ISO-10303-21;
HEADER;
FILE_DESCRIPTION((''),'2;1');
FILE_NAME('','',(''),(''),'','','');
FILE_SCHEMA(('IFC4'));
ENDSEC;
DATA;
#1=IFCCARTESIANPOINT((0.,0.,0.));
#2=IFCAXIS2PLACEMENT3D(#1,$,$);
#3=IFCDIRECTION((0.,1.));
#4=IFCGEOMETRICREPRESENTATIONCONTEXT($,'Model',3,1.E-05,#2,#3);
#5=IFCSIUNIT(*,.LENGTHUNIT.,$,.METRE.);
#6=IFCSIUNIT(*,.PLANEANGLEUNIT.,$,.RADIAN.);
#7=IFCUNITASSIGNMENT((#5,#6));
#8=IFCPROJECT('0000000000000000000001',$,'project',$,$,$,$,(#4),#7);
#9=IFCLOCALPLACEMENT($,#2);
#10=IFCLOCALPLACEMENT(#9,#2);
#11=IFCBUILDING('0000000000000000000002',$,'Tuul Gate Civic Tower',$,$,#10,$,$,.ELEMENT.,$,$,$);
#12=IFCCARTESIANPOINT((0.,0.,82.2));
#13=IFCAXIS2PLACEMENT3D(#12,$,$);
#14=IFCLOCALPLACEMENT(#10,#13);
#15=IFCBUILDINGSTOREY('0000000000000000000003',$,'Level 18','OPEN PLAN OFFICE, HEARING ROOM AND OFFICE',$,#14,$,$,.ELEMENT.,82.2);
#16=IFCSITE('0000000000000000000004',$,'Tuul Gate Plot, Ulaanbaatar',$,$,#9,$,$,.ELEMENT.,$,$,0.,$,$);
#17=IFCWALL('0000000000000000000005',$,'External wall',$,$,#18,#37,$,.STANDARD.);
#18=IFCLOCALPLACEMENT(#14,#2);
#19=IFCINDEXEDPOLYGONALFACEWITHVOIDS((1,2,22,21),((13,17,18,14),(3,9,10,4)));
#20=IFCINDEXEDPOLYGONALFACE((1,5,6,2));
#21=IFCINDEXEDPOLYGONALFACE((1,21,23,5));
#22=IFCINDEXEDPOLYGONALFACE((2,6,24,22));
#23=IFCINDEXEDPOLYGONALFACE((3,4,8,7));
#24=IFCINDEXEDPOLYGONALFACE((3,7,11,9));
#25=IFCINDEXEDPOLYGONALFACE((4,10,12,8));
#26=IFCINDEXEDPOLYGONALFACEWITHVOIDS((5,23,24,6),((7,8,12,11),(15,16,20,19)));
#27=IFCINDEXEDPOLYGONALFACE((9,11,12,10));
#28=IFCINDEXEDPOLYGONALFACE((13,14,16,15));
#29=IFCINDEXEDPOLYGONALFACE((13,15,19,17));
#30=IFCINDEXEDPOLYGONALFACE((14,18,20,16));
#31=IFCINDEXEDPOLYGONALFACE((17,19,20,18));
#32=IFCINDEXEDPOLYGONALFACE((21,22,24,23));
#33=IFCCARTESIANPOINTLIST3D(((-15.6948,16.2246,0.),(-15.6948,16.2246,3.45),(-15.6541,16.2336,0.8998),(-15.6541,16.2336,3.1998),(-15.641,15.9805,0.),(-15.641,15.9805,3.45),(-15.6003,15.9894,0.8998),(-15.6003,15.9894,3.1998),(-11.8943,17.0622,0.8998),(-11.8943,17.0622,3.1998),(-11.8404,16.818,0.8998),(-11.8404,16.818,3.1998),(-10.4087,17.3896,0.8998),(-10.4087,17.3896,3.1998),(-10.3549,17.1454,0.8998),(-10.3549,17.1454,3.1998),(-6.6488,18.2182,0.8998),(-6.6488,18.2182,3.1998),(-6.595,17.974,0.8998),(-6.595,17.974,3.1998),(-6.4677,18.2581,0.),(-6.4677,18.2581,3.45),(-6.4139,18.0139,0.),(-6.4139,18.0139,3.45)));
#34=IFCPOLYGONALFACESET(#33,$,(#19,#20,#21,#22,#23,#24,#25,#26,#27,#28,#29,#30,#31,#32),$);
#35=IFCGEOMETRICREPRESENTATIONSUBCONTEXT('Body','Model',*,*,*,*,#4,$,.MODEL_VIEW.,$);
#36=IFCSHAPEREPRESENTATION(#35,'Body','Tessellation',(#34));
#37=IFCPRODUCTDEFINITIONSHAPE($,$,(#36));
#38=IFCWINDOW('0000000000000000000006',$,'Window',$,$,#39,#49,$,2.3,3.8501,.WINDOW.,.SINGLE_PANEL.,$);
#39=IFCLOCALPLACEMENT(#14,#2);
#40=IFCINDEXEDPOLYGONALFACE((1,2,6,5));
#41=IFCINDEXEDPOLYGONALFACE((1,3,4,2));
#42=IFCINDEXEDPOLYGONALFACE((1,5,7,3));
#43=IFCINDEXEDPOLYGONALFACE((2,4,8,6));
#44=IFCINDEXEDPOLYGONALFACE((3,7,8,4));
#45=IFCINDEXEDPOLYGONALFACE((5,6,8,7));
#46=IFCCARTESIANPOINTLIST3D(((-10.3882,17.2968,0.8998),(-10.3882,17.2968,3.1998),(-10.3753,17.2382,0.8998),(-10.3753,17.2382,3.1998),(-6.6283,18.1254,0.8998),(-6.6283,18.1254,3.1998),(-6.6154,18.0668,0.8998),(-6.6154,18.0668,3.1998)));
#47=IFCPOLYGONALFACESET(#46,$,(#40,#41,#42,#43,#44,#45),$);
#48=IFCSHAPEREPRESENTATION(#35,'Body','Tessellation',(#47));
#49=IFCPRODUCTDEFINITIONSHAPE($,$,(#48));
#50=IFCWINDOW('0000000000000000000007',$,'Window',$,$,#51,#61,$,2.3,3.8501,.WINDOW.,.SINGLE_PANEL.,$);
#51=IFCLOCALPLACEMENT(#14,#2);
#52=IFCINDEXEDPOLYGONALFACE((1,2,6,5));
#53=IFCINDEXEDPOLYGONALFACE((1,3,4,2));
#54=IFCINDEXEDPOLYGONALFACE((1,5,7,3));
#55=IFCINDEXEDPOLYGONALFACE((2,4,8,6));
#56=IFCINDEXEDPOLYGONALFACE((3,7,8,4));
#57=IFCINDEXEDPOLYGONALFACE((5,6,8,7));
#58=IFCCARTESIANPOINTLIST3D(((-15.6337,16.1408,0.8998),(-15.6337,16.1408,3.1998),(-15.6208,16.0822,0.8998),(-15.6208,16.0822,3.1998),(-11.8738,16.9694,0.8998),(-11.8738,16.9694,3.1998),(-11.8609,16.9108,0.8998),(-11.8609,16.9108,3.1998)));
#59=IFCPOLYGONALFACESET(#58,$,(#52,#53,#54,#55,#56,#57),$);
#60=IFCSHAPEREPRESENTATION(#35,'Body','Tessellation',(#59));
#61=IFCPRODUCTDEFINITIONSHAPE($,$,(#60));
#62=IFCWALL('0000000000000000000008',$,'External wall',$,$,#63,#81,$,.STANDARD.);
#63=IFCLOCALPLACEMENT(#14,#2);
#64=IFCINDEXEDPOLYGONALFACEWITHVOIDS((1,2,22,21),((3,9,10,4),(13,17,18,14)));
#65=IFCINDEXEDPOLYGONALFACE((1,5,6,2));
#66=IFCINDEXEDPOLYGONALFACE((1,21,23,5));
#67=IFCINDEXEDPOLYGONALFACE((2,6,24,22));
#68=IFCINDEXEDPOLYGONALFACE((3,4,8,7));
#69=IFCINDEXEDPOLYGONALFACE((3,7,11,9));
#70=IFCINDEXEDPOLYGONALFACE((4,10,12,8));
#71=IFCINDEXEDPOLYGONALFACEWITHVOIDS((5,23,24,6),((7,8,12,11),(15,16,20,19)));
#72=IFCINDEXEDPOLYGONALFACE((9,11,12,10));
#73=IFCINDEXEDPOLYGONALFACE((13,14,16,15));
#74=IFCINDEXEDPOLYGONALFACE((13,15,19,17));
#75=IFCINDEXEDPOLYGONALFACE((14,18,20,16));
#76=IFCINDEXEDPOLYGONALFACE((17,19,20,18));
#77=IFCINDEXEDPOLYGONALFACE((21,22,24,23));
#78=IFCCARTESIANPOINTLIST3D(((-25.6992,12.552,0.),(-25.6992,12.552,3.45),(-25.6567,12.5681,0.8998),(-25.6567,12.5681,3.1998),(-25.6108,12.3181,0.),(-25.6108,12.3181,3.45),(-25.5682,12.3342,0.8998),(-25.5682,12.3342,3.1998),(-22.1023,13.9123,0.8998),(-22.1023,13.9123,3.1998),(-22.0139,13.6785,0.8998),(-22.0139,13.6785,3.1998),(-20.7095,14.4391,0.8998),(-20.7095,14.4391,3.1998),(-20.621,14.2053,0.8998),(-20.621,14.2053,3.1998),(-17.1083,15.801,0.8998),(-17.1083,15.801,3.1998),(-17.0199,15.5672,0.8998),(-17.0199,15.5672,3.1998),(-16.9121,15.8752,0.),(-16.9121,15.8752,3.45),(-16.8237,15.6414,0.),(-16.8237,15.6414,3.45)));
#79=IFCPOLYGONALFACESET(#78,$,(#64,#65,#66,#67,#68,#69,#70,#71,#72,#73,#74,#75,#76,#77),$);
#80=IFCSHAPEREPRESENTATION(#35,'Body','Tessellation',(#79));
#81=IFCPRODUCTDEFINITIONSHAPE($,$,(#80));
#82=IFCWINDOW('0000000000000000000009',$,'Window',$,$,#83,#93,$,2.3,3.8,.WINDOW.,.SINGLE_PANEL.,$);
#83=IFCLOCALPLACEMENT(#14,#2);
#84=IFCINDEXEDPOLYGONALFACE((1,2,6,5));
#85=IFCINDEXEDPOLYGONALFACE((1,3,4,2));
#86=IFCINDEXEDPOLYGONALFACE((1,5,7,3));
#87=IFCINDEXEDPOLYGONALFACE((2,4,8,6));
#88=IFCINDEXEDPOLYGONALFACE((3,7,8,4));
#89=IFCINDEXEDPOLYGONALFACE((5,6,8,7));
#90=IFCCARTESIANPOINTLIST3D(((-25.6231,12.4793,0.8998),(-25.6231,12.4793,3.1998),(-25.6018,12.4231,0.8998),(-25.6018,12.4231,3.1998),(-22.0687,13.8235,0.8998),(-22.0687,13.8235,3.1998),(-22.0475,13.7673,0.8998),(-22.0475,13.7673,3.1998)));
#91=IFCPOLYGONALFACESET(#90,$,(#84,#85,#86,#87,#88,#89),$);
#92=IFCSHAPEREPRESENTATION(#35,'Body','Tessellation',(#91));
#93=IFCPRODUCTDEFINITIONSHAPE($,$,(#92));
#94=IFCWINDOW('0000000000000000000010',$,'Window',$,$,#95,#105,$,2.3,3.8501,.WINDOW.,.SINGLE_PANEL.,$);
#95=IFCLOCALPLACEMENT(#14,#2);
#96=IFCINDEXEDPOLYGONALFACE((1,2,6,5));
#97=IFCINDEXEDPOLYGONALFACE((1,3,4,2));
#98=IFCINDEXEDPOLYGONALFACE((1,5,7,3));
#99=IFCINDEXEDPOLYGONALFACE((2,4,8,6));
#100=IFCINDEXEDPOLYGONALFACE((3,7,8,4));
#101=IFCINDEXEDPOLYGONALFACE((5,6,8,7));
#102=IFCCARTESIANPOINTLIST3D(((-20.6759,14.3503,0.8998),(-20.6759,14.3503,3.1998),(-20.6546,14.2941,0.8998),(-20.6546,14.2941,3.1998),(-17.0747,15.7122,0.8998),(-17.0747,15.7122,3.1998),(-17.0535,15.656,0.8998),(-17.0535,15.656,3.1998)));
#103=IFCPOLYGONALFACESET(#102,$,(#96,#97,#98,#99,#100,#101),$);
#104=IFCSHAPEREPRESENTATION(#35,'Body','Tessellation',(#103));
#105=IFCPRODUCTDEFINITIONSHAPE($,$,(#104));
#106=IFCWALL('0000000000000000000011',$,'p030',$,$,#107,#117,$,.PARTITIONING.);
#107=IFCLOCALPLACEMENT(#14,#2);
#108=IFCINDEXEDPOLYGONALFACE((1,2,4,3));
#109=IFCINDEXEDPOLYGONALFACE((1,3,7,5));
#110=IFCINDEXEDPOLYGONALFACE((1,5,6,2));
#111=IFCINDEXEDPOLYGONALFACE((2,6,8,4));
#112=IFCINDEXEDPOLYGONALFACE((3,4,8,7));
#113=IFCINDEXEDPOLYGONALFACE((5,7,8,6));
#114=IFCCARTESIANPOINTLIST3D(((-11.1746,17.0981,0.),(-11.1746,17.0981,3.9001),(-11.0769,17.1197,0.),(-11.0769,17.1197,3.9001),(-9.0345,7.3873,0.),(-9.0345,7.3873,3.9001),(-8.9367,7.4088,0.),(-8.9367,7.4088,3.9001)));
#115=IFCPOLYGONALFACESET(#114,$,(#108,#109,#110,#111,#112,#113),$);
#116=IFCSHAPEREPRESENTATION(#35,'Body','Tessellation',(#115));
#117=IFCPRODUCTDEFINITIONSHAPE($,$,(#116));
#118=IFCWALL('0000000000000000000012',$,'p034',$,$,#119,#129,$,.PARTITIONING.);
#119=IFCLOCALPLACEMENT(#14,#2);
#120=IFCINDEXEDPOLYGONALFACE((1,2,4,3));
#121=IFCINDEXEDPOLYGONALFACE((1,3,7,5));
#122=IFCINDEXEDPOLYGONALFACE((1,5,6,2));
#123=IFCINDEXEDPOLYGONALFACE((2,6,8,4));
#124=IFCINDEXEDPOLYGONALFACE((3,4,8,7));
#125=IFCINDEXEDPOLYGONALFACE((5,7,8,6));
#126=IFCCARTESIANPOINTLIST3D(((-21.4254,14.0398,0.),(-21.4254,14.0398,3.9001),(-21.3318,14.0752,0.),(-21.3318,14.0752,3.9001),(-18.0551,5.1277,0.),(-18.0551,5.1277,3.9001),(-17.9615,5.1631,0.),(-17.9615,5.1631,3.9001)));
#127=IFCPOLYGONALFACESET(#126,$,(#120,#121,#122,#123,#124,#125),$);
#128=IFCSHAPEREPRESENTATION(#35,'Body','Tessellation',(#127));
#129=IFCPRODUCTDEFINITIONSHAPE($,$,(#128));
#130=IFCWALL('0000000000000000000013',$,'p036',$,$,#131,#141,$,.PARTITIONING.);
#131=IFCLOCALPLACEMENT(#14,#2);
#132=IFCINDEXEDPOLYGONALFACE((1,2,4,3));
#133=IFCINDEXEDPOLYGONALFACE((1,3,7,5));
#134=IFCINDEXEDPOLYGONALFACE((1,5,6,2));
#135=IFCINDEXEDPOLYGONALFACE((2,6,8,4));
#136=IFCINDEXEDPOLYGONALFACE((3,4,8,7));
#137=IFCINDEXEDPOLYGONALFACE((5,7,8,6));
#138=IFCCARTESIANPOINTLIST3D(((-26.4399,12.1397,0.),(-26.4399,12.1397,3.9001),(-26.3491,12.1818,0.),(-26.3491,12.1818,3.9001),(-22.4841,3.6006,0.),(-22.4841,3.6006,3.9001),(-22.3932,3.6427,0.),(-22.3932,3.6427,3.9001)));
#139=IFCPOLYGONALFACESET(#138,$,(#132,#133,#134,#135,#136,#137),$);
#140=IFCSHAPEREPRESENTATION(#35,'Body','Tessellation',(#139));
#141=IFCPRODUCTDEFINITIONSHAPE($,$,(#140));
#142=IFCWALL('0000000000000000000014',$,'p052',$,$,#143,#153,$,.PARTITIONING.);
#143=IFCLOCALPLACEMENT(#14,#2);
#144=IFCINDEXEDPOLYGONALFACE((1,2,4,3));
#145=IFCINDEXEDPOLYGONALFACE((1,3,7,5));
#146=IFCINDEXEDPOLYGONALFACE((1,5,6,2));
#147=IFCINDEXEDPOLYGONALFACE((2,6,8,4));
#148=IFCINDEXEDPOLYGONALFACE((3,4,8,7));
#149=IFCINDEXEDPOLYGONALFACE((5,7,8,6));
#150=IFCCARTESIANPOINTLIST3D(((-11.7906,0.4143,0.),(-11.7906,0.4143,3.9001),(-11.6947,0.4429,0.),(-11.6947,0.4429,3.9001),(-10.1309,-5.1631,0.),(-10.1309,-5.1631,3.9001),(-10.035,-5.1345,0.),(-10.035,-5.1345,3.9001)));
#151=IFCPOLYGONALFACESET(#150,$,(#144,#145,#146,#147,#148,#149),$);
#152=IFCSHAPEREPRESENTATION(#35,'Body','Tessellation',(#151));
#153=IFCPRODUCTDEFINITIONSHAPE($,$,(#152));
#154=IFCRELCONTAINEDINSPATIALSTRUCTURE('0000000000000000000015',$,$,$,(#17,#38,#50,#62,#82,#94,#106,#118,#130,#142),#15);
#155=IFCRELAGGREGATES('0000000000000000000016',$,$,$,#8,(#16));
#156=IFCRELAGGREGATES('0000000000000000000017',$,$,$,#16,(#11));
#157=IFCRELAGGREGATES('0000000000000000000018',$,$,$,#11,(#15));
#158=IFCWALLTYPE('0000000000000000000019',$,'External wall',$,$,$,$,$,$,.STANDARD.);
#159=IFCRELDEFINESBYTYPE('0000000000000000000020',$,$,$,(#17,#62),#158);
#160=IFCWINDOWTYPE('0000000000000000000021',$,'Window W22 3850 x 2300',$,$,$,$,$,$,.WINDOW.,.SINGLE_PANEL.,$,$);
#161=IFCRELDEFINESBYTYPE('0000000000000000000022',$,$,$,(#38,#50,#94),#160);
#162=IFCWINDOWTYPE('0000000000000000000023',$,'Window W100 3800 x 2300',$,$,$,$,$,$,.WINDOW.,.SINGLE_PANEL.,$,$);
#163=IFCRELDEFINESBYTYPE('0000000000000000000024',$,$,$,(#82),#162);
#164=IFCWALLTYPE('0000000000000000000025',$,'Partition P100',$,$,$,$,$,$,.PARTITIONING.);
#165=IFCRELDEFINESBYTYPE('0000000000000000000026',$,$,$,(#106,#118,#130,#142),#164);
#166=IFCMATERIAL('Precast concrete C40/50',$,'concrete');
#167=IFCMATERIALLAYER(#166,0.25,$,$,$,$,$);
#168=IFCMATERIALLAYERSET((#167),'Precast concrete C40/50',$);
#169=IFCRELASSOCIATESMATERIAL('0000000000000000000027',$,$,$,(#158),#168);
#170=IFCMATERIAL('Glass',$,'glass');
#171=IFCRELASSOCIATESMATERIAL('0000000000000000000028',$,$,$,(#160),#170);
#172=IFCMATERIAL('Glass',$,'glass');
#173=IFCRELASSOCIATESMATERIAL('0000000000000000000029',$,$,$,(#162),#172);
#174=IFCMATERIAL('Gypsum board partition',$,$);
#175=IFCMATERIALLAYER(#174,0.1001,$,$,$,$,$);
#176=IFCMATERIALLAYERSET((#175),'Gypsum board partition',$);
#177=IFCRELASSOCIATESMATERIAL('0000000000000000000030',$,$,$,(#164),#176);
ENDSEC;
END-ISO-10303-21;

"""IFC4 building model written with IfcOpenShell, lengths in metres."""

from ifc_helpers import new_model, si_unit, direction, frame, frame_2d, origin, place, context, subcontext, project, spatial, rectangle, extrude, material, layer, layer_set, type_object, element, fill, save


model = new_model("IFC4")

# Units and contexts
model_context = context("Model", 3, precision=1e-05, world=origin(), true_north=direction((0.0, 1.0)))
body_context = subcontext(model_context, "Body", "Model", "MODEL_VIEW")
ifc_project = project(units=[si_unit("LENGTHUNIT", "METRE"), si_unit("PLANEANGLEUNIT", "RADIAN")], contexts=[model_context])

# Site, building, storey
site_placement = place(None, origin())
site = spatial("IfcSite", under=ifc_project, at=site_placement, Name="Tuul Gate Plot, Ulaanbaatar", CompositionType="ELEMENT", RefElevation=0.0)
building_placement = place(site_placement, origin())
building = spatial("IfcBuilding", under=site, at=building_placement, Name="Tuul Gate Civic Tower", CompositionType="ELEMENT")
storey_placement = place(building_placement, frame((0.0, 0.0, 82.2)))
storey = spatial("IfcBuildingStorey", under=building, at=storey_placement, Name="Level 18", Description="OPEN PLAN OFFICE, HEARING ROOM AND OFFICE", CompositionType="ELEMENT", Elevation=82.2)

# Walls, openings, windows
ifc_material_1 = material(Name="Precast concrete C40/50", Category="concrete")
ifc_layer_1 = layer(ifc_material_1, 0.25)
ifc_layer_set_1 = layer_set([ifc_layer_1], Name="Precast concrete C40/50")
wall_type_1 = type_object("IfcWallType", Name="External wall", PredefinedType="STANDARD", material=ifc_layer_set_1)
wall_1_placement = place(storey_placement, frame((-6.4409, 18.136, 0.0), z_axis=(0.0, 0.0, 1.0), x_axis=(-0.976567, -0.215215, 0.0)))
wall_1 = element("IfcWall", 1, at=wall_1_placement, inside=storey, type_object=wall_type_1, Name="External wall", PredefinedType="STANDARD", context=body_context, shape_type="SweptSolid", body=[
    extrude(rectangle(XDim=9.4485, YDim=0.25, at=frame_2d((4.7241, 0.0))), origin(), (0.0, 0.0, 1.0), 3.45),
])
opening_1_placement = place(wall_1_placement, frame((0.1853, 0.0, 0.8999)))
opening_1 = element("IfcOpeningElement", 2, at=opening_1_placement, cuts=wall_1, PredefinedType="OPENING", context=body_context, shape_type="SweptSolid", body=[
    extrude(rectangle(XDim=3.8501, YDim=2.3, at=frame_2d((1.925, 1.1499))), frame((0.0, 0.135, 0.0), z_axis=(0.0, -1.0, 0.0), x_axis=(1.0, 0.0, 0.0)), (0.0, 0.0, 1.0), 0.27),
])
opening_2_placement = place(wall_1_placement, frame((5.5566, 0.0, 0.8999)))
opening_2 = element("IfcOpeningElement", 3, at=opening_2_placement, cuts=wall_1, PredefinedType="OPENING", context=body_context, shape_type="SweptSolid", body=[
    extrude(rectangle(XDim=3.8501, YDim=2.3, at=frame_2d((1.925, 1.1499))), frame((0.0, 0.135, 0.0), z_axis=(0.0, -1.0, 0.0), x_axis=(1.0, 0.0, 0.0)), (0.0, 0.0, 1.0), 0.27),
])
ifc_material_2 = material(Name="Glass", Category="glass")
window_type_1 = type_object("IfcWindowType", Name="Window W22 3850 x 2300", PartitioningType="SINGLE_PANEL", PredefinedType="WINDOW", material=ifc_material_2)
window_1_placement = place(opening_1_placement, origin())
window_1 = element("IfcWindow", 4, at=window_1_placement, inside=storey, type_object=window_type_1, Name="Window", OverallHeight=2.3, OverallWidth=3.8501, PartitioningType="SINGLE_PANEL", PredefinedType="WINDOW", context=body_context, shape_type="SweptSolid", body=[
    extrude(rectangle(XDim=3.8501, YDim=2.3, at=frame_2d((1.925, 1.1499))), frame((0.0, 0.03, 0.0), z_axis=(0.0, -1.0, 0.0), x_axis=(1.0, 0.0, 0.0)), (0.0, 0.0, 1.0), 0.0601),
])
fill(opening_1, window_1)
window_2_placement = place(opening_2_placement, origin())
window_2 = element("IfcWindow", 5, at=window_2_placement, inside=storey, type_object=window_type_1, Name="Window", OverallHeight=2.3, OverallWidth=3.8501, PartitioningType="SINGLE_PANEL", PredefinedType="WINDOW", context=body_context, shape_type="SweptSolid", body=[
    extrude(rectangle(XDim=3.8501, YDim=2.3, at=frame_2d((1.925, 1.1499))), frame((0.0, 0.03, 0.0), z_axis=(0.0, -1.0, 0.0), x_axis=(1.0, 0.0, 0.0)), (0.0, 0.0, 1.0), 0.0601),
])
fill(opening_2, window_2)
wall_2_placement = place(storey_placement, frame((-16.8679, 15.7583, 0.0), z_axis=(0.0, 0.0, 1.0), x_axis=(-0.935343, -0.353742, 0.0)))
wall_2 = element("IfcWall", 6, at=wall_2_placement, inside=storey, type_object=wall_type_1, Name="External wall", PredefinedType="STANDARD", context=body_context, shape_type="SweptSolid", body=[
    extrude(rectangle(XDim=9.3945, YDim=0.25, at=frame_2d((4.6973, 0.0))), origin(), (0.0, 0.0, 1.0), 3.45),
])
opening_3_placement = place(wall_2_placement, frame((0.2097, 0.0, 0.8999)))
opening_3 = element("IfcOpeningElement", 7, at=opening_3_placement, cuts=wall_2, PredefinedType="OPENING", context=body_context, shape_type="SweptSolid", body=[
    extrude(rectangle(XDim=3.8501, YDim=2.3, at=frame_2d((1.925, 1.1499))), frame((0.0, 0.135, 0.0), z_axis=(0.0, -1.0, 0.0), x_axis=(1.0, 0.0, 0.0)), (0.0, 0.0, 1.0), 0.27),
])
opening_4_placement = place(wall_2_placement, frame((5.5491, 0.0, 0.8999)))
opening_4 = element("IfcOpeningElement", 8, at=opening_4_placement, cuts=wall_2, PredefinedType="OPENING", context=body_context, shape_type="SweptSolid", body=[
    extrude(rectangle(XDim=3.8, YDim=2.3, at=frame_2d((1.8999, 1.1499))), frame((0.0, 0.135, 0.0), z_axis=(0.0, -1.0, 0.0), x_axis=(1.0, 0.0, 0.0)), (0.0, 0.0, 1.0), 0.27),
])
ifc_material_3 = material(Name="Glass", Category="glass")
window_type_2 = type_object("IfcWindowType", Name="Window W100 3800 x 2300", PartitioningType="SINGLE_PANEL", PredefinedType="WINDOW", material=ifc_material_3)
window_3_placement = place(opening_4_placement, origin())
window_3 = element("IfcWindow", 9, at=window_3_placement, inside=storey, type_object=window_type_2, Name="Window", OverallHeight=2.3, OverallWidth=3.8, PartitioningType="SINGLE_PANEL", PredefinedType="WINDOW", context=body_context, shape_type="SweptSolid", body=[
    extrude(rectangle(XDim=3.8, YDim=2.3, at=frame_2d((1.8999, 1.1499))), frame((0.0, 0.03, 0.0), z_axis=(0.0, -1.0, 0.0), x_axis=(1.0, 0.0, 0.0)), (0.0, 0.0, 1.0), 0.0601),
])
fill(opening_4, window_3)
window_4_placement = place(opening_3_placement, origin())
window_4 = element("IfcWindow", 10, at=window_4_placement, inside=storey, type_object=window_type_1, Name="Window", OverallHeight=2.3, OverallWidth=3.8501, PartitioningType="SINGLE_PANEL", PredefinedType="WINDOW", context=body_context, shape_type="SweptSolid", body=[
    extrude(rectangle(XDim=3.8501, YDim=2.3, at=frame_2d((1.925, 1.1499))), frame((0.0, 0.03, 0.0), z_axis=(0.0, -1.0, 0.0), x_axis=(1.0, 0.0, 0.0)), (0.0, 0.0, 1.0), 0.0601),
])
fill(opening_3, window_4)

# Walls
ifc_material_4 = material(Name="Gypsum board partition")
ifc_layer_2 = layer(ifc_material_4, 0.1001)
ifc_layer_set_2 = layer_set([ifc_layer_2], Name="Gypsum board partition")
wall_type_2 = type_object("IfcWallType", Name="Partition P100", PredefinedType="PARTITIONING", material=ifc_layer_set_2)
wall_3_placement = place(storey_placement, frame((-11.1257, 17.1089, 0.0), z_axis=(0.0, 0.0, 1.0), x_axis=(0.21522, -0.976566, 0.0)))
element("IfcWall", 11, at=wall_3_placement, inside=storey, type_object=wall_type_2, Name="p030", PredefinedType="PARTITIONING", context=body_context, shape_type="SweptSolid", body=[
    extrude(rectangle(XDim=9.9438, YDim=0.1001, at=frame_2d((4.9719, 0.0))), origin(), (0.0, 0.0, 1.0), 3.9001),
])
wall_4_placement = place(storey_placement, frame((-21.3787, 14.0576, 0.0), z_axis=(0.0, 0.0, 1.0), x_axis=(0.353728, -0.935348, 0.0)))
element("IfcWall", 12, at=wall_4_placement, inside=storey, type_object=wall_type_2, Name="p034", PredefinedType="PARTITIONING", context=body_context, shape_type="SweptSolid", body=[
    extrude(rectangle(XDim=9.5281, YDim=0.1001, at=frame_2d((4.7642, 0.0))), origin(), (0.0, 0.0, 1.0), 3.9001),
])
wall_5_placement = place(storey_placement, frame((-26.3945, 12.1609, 0.0), z_axis=(0.0, 0.0, 1.0), x_axis=(0.420346, -0.907364, 0.0)))
element("IfcWall", 13, at=wall_5_placement, inside=storey, type_object=wall_type_2, Name="p036", PredefinedType="PARTITIONING", context=body_context, shape_type="SweptSolid", body=[
    extrude(rectangle(XDim=9.4109, YDim=0.1001, at=frame_2d((4.7056, 0.0))), origin(), (0.0, 0.0, 1.0), 3.9001),
])
wall_6_placement = place(storey_placement, frame((-11.7427, 0.4287, 0.0), z_axis=(0.0, 0.0, 1.0), x_axis=(0.285211, -0.958465, 0.0)))
element("IfcWall", 14, at=wall_6_placement, inside=storey, type_object=wall_type_2, Name="p052", PredefinedType="PARTITIONING", context=body_context, shape_type="SweptSolid", body=[
    extrude(rectangle(XDim=5.8191, YDim=0.1001, at=frame_2d((2.9097, 0.0))), origin(), (0.0, 0.0, 1.0), 3.9001),
])

save(model, "model.ifc")
